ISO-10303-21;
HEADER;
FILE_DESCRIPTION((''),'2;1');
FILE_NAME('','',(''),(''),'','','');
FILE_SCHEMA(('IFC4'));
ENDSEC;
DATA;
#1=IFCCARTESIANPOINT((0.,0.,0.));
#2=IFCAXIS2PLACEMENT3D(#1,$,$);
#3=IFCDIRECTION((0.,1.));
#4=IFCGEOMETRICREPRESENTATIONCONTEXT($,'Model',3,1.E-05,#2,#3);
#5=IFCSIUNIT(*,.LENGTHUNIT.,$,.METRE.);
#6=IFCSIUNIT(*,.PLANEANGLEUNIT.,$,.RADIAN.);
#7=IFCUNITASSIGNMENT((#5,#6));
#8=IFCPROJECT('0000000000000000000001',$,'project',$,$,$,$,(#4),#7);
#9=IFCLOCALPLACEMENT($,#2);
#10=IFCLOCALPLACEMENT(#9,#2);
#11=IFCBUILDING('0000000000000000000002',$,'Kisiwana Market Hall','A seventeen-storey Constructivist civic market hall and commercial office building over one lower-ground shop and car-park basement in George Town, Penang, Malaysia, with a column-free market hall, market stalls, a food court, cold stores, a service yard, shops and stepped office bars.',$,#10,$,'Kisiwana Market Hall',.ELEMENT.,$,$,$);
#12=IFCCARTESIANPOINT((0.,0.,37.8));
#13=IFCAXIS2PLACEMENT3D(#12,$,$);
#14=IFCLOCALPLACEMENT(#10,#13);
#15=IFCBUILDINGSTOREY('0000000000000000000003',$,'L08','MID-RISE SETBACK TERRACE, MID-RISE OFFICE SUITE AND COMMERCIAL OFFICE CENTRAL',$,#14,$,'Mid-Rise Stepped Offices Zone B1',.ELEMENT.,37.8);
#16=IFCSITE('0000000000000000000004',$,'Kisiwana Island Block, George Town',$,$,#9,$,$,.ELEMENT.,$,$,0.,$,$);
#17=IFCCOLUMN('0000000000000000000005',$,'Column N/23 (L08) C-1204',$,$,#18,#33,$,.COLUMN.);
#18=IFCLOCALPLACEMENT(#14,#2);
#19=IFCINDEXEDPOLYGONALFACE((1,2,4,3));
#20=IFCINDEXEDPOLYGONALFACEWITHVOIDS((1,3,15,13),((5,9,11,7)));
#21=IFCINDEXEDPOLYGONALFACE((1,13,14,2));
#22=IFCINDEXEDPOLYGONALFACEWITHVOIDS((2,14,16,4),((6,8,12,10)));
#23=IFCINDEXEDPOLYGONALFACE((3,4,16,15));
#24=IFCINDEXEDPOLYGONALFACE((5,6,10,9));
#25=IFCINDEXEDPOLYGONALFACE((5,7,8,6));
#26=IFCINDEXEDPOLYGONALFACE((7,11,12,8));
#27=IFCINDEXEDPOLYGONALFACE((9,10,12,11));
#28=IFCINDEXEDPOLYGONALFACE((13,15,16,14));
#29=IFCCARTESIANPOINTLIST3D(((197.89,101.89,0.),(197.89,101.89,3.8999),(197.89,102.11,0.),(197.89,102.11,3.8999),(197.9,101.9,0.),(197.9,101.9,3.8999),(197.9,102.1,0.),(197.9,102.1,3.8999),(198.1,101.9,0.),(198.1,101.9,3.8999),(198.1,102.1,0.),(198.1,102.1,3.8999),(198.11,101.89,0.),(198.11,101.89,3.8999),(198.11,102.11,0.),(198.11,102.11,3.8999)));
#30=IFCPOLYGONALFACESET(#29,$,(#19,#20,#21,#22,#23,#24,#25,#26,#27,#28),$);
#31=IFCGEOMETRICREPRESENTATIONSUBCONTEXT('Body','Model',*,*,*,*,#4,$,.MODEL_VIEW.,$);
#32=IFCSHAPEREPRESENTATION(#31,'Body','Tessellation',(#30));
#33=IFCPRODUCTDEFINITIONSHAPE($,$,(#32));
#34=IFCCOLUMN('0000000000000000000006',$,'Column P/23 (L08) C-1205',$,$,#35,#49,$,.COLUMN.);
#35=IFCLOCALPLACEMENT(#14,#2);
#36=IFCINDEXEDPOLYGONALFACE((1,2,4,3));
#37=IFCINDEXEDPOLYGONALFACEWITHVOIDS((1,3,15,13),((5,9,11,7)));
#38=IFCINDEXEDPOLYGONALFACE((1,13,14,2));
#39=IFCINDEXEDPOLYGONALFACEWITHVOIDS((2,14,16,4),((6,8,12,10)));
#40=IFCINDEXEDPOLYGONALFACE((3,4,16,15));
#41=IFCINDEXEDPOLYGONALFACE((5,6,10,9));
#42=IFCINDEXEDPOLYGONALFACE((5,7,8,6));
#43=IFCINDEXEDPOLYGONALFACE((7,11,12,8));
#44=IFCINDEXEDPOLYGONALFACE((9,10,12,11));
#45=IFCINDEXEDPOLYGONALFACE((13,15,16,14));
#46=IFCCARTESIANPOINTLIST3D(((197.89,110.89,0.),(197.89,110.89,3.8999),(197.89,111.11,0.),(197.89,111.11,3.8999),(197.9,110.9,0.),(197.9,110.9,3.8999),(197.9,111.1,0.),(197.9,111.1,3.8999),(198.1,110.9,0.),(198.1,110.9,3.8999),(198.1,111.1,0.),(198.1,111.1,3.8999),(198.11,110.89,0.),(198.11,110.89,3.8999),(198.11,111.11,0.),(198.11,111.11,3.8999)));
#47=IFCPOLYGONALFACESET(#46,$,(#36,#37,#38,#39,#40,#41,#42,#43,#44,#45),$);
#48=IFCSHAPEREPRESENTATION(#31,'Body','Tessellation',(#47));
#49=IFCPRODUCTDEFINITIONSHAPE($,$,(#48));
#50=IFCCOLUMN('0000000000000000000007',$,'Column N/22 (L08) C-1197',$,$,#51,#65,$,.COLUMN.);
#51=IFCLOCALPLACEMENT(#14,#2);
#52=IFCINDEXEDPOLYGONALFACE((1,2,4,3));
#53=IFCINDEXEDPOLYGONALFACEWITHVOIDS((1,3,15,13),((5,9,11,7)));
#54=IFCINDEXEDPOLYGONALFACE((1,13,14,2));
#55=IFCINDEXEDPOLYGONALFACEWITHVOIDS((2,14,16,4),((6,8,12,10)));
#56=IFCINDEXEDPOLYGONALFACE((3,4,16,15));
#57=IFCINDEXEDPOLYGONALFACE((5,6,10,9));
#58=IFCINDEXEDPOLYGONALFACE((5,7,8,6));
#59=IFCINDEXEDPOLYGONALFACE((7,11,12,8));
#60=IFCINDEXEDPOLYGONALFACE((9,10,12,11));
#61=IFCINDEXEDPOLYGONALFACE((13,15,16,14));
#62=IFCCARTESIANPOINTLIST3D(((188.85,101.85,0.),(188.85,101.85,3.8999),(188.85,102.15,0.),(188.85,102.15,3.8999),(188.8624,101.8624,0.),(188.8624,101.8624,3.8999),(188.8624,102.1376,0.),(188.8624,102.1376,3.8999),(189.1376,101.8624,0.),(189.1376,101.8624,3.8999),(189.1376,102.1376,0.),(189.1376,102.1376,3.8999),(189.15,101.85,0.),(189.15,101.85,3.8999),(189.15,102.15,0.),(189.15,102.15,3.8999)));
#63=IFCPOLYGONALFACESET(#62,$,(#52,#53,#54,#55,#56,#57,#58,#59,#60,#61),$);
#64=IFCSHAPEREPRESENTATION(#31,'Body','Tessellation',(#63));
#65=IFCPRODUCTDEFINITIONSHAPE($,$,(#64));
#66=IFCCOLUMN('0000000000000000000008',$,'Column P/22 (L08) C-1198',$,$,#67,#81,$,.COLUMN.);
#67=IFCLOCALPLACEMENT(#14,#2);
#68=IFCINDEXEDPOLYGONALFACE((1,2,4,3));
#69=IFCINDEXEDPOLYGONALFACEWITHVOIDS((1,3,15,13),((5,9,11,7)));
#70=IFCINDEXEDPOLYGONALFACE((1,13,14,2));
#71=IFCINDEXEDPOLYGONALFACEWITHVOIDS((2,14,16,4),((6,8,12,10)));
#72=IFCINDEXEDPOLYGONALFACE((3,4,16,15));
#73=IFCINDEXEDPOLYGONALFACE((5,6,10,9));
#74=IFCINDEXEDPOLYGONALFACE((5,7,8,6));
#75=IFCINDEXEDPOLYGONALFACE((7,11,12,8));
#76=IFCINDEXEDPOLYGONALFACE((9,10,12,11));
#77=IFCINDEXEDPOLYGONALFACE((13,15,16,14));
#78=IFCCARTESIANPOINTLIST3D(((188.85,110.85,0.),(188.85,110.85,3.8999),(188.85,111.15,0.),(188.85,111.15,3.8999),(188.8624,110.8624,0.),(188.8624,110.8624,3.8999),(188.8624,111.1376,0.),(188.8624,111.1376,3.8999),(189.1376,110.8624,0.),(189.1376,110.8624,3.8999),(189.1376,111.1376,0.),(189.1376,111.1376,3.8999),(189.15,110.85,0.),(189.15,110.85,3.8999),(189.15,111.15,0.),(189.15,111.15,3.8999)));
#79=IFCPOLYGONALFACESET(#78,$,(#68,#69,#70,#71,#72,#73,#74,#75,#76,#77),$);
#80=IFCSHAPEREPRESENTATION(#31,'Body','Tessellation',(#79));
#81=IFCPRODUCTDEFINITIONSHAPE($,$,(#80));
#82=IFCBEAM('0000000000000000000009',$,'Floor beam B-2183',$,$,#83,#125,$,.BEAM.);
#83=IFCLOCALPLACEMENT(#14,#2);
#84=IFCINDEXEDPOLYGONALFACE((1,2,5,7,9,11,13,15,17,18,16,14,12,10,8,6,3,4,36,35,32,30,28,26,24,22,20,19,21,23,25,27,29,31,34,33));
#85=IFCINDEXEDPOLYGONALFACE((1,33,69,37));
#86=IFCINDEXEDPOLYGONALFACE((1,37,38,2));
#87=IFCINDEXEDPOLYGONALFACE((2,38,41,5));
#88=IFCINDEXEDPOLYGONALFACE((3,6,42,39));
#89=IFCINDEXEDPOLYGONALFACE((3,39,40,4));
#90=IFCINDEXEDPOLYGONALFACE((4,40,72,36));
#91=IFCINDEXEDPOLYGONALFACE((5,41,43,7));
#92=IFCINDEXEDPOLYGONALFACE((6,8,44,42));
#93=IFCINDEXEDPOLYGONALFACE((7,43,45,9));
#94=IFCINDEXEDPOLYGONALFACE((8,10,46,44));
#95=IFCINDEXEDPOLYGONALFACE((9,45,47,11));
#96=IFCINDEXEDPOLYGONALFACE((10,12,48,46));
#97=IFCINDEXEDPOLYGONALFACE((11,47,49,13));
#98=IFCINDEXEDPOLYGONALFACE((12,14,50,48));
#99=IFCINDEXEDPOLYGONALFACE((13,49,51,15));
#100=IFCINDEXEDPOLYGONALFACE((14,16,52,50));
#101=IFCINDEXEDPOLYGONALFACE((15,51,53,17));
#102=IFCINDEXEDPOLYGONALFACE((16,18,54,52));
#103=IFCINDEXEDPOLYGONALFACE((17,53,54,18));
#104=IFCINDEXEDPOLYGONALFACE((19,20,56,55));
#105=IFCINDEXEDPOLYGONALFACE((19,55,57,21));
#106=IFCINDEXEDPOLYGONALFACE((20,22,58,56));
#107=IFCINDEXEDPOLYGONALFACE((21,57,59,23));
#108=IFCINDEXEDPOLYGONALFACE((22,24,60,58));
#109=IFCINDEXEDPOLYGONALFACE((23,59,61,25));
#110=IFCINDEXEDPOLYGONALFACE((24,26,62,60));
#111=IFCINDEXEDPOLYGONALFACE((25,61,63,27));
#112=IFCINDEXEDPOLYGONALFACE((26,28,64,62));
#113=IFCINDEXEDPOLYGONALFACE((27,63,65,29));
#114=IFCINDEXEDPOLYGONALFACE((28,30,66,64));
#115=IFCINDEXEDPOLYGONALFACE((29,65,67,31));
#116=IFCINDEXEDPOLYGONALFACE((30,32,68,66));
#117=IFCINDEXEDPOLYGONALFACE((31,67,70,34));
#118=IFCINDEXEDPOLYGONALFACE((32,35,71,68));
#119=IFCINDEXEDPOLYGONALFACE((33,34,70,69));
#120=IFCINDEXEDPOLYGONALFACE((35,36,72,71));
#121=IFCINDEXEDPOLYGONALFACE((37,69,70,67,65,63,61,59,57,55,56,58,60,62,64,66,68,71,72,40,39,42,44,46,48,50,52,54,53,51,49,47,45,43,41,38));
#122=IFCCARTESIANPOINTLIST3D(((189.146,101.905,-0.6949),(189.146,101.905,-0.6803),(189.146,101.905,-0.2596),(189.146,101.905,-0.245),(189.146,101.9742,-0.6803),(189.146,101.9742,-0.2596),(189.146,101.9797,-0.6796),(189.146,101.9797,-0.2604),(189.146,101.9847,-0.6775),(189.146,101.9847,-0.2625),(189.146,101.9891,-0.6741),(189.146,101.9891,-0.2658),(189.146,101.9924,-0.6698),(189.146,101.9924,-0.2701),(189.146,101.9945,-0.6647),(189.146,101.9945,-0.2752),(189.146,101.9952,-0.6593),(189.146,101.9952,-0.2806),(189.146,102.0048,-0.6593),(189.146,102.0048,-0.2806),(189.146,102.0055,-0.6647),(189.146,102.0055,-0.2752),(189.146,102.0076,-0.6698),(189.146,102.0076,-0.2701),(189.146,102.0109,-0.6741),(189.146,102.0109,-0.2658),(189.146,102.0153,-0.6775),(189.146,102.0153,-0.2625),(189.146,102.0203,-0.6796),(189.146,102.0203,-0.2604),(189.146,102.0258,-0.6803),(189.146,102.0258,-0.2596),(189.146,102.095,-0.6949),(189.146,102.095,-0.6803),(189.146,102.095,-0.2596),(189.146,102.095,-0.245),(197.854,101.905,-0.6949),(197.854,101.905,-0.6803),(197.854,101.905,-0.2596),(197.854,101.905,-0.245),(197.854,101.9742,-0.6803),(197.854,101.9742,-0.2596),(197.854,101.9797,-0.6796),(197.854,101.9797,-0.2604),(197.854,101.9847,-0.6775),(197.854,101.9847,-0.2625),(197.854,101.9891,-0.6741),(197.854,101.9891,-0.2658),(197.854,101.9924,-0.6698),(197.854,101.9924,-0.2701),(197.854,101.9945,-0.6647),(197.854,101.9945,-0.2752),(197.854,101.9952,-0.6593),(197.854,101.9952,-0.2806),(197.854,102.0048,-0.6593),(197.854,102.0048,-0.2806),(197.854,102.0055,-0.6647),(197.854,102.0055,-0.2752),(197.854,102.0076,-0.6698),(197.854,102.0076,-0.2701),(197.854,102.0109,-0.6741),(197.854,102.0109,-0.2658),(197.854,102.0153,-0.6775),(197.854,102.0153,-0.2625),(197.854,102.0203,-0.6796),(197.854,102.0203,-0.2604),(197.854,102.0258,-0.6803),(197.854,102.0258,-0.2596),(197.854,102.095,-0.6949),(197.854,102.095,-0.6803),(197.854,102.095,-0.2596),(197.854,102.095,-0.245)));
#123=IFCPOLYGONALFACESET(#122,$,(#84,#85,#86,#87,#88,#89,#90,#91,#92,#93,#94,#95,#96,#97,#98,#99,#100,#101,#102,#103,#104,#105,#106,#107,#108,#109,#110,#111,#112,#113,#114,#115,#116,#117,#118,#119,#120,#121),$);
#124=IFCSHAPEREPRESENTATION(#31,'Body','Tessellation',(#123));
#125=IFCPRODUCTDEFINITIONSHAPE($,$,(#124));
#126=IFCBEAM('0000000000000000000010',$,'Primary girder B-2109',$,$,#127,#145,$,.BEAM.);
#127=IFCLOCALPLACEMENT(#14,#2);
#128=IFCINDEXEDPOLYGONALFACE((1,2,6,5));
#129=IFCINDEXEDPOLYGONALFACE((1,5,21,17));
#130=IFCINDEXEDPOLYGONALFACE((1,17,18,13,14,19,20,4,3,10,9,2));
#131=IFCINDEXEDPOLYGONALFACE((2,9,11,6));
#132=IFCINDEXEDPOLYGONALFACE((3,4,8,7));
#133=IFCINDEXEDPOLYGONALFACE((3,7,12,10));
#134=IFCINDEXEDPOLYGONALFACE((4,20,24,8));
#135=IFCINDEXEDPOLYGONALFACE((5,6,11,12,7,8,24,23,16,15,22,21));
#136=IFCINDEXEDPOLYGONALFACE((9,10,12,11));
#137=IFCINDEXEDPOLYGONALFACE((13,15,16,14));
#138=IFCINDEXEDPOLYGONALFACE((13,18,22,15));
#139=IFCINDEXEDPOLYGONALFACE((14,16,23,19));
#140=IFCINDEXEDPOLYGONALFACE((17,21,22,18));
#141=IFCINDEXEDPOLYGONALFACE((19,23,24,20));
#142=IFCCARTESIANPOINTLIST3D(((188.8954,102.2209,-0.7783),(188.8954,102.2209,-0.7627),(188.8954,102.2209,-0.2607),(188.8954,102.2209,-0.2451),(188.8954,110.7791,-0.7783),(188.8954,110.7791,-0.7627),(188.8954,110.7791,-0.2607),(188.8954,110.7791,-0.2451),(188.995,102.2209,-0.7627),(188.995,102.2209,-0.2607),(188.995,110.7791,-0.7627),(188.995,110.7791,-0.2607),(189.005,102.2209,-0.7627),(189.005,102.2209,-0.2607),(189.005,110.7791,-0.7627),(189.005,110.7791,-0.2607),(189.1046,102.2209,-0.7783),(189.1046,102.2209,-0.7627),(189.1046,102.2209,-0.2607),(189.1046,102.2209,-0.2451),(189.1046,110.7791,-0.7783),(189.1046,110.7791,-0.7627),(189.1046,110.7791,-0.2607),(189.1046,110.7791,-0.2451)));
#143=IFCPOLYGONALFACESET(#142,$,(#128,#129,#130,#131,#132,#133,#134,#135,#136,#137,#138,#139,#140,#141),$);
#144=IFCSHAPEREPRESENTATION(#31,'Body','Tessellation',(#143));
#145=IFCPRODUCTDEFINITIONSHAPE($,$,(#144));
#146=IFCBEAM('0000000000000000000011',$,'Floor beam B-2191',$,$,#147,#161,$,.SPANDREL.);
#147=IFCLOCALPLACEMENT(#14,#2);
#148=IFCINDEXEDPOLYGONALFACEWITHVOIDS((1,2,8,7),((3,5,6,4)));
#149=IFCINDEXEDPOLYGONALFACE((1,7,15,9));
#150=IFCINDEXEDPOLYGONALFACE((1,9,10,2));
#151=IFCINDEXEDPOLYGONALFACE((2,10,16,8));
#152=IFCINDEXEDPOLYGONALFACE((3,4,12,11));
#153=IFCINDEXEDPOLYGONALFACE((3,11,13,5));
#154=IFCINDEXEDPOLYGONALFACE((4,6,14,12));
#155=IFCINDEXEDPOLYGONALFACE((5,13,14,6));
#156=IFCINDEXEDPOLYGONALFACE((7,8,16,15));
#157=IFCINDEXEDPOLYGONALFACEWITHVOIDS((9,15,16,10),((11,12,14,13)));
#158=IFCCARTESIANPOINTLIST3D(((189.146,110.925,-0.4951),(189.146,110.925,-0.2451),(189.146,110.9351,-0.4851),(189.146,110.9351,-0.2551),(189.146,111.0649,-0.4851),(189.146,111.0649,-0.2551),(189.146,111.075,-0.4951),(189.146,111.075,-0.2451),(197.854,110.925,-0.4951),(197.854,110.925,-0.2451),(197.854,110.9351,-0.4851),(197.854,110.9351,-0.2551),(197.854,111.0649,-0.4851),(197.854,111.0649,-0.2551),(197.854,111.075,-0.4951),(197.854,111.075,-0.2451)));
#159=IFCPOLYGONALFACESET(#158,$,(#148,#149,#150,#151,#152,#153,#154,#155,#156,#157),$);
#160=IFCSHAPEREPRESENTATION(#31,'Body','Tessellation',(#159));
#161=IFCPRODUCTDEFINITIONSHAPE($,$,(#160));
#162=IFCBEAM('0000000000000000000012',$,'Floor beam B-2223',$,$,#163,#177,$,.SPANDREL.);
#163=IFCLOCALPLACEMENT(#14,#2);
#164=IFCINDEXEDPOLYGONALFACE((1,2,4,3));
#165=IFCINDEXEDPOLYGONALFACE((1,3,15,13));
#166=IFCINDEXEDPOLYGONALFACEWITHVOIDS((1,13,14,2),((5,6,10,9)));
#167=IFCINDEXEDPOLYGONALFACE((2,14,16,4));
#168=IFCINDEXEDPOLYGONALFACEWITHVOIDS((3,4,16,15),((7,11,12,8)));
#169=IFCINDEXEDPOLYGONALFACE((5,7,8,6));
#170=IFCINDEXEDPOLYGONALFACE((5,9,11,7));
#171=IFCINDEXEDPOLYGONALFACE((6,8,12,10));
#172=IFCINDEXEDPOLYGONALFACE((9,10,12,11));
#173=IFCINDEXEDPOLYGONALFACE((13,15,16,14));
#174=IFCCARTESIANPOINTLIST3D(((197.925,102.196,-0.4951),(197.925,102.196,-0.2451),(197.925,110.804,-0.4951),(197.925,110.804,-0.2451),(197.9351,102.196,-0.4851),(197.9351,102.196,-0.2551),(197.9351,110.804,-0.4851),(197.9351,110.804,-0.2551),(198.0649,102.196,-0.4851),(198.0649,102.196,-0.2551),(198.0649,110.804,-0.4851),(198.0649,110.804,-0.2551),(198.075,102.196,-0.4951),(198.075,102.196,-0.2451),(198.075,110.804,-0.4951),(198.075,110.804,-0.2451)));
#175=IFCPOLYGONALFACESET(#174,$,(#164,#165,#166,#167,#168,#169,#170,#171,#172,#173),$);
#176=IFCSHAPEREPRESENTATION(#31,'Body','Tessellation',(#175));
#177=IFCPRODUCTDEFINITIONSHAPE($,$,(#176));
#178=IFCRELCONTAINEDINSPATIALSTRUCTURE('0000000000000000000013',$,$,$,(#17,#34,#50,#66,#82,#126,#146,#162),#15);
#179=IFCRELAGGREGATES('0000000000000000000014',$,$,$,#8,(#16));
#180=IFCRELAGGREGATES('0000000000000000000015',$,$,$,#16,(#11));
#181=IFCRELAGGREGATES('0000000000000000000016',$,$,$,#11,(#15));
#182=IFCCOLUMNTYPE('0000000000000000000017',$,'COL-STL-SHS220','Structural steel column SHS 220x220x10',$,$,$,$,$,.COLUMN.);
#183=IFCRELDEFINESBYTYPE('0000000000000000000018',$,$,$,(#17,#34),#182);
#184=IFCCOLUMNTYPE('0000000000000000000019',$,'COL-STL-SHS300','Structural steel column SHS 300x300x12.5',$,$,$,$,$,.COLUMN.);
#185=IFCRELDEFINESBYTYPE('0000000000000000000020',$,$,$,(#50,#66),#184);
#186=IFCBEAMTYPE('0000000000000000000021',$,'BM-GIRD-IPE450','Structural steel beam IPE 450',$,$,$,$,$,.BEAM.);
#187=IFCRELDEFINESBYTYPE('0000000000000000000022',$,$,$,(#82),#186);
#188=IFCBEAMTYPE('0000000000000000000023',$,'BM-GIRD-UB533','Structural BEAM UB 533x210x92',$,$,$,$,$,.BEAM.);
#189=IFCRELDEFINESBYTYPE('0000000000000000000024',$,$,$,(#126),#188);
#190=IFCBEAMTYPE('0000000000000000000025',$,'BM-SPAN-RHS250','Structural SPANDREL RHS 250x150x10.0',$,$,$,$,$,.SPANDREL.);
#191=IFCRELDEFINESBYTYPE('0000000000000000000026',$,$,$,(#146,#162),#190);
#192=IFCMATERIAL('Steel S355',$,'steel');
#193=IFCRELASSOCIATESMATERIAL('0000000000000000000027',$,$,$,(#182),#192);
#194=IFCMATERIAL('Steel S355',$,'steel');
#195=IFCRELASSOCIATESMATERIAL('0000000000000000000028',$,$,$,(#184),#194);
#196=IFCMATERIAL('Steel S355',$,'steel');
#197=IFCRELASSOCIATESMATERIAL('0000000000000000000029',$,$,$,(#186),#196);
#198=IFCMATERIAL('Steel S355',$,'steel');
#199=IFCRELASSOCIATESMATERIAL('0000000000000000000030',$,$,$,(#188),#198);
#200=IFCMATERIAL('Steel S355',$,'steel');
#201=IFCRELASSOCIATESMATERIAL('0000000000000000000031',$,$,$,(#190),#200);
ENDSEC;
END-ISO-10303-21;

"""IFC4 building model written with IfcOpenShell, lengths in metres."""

from ifc_helpers import new_model, si_unit, direction, frame, origin, origin_2d, place, context, subcontext, project, spatial, hollow_rectangle, i_section, extrude, material, material_profile, profile_set, type_object, element, save


model = new_model("IFC4")

# Units and contexts
model_context = context("Model", 3, precision=1e-05, world=origin(), true_north=direction((0.0, 1.0)))
body_context = subcontext(model_context, "Body", "Model", "MODEL_VIEW")
ifc_project = project(units=[si_unit("LENGTHUNIT", "METRE"), si_unit("PLANEANGLEUNIT", "RADIAN")], contexts=[model_context])

# Site, building, storey
site_placement = place(None, origin())
site = spatial("IfcSite", under=ifc_project, at=site_placement, Name="Kisiwana Island Block, George Town", CompositionType="ELEMENT", RefElevation=0.0)
building_placement = place(site_placement, origin())
building = spatial("IfcBuilding", under=site, at=building_placement, Name="Kisiwana Market Hall", Description="A seventeen-storey Constructivist civic market hall and commercial office building over one lower-ground shop and car-park basement in George Town, Penang, Malaysia, with a column-free market hall, market stalls, a food court, cold stores, a service yard, shops and stepped office bars.", LongName="Kisiwana Market Hall", CompositionType="ELEMENT")
storey_placement = place(building_placement, frame((0.0, 0.0, 37.8)))
storey = spatial("IfcBuildingStorey", under=building, at=storey_placement, Name="L08", Description="MID-RISE SETBACK TERRACE, MID-RISE OFFICE SUITE AND COMMERCIAL OFFICE CENTRAL", LongName="Mid-Rise Stepped Offices Zone B1", CompositionType="ELEMENT", Elevation=37.8)

# Columns
ifc_material_1 = material(Name="Steel S355", Category="steel")
ifc_material_profile_1 = material_profile(ifc_material_1, hollow_rectangle(XDim=0.22, YDim=0.22, WallThickness=0.01, at=origin_2d()), Name="SHS 220x220x10")
ifc_profile_set_1 = profile_set([ifc_material_profile_1], Name="Steel S355")
column_type_1 = type_object("IfcColumnType", Name="COL-STL-SHS220", Description="Structural steel column SHS 220x220x10", PredefinedType="COLUMN", material=ifc_profile_set_1)
for number, where, z_axis, x_axis, name in (
    (1, (198.0, 102.0, 0.0), (0.0, 0.0, 1.0), (1.0, 0.0, 0.0), "Column N/23 (L08) C-1204"),
    (2, (198.0, 111.0, 0.0), (0.0, 0.0, 1.0), (1.0, 0.0, 0.0), "Column P/23 (L08) C-1205"),
):
    element("IfcColumn", number, at=place(storey_placement, frame(where, z_axis=z_axis, x_axis=x_axis)), inside=storey, type_object=column_type_1, Name=name, PredefinedType="COLUMN", context=body_context, shape_type="SweptSolid", body=[
        extrude(hollow_rectangle(XDim=0.22, YDim=0.22, WallThickness=0.01, at=origin_2d()), origin(), (0.0, 0.0, 1.0), 3.8999),
    ])
ifc_material_2 = material(Name="Steel S355", Category="steel")
ifc_material_profile_2 = material_profile(ifc_material_2, hollow_rectangle(XDim=0.3, YDim=0.3, WallThickness=0.0125, at=origin_2d()), Name="SHS 300x300x12.5")
ifc_profile_set_2 = profile_set([ifc_material_profile_2], Name="Steel S355")
column_type_2 = type_object("IfcColumnType", Name="COL-STL-SHS300", Description="Structural steel column SHS 300x300x12.5", PredefinedType="COLUMN", material=ifc_profile_set_2)
for number, where, z_axis, x_axis, name in (
    (3, (189.0, 102.0, 0.0), (0.0, 0.0, 1.0), (1.0, 0.0, 0.0), "Column N/22 (L08) C-1197"),
    (4, (189.0, 111.0, 0.0), (0.0, 0.0, 1.0), (1.0, 0.0, 0.0), "Column P/22 (L08) C-1198"),
):
    element("IfcColumn", number, at=place(storey_placement, frame(where, z_axis=z_axis, x_axis=x_axis)), inside=storey, type_object=column_type_2, Name=name, PredefinedType="COLUMN", context=body_context, shape_type="SweptSolid", body=[
        extrude(hollow_rectangle(XDim=0.3, YDim=0.3, WallThickness=0.0125, at=origin_2d()), origin(), (0.0, 0.0, 1.0), 3.8999),
    ])

# Beams
ifc_material_3 = material(Name="Steel S355", Category="steel")
ifc_material_profile_3 = material_profile(ifc_material_3, i_section(OverallWidth=0.1899, OverallDepth=0.45, WebThickness=0.0095, FlangeThickness=0.0146, FilletRadius=0.021, at=origin_2d()), Name="IPE 450")
ifc_profile_set_3 = profile_set([ifc_material_profile_3], Name="Steel S355")
beam_type_1 = type_object("IfcBeamType", Name="BM-GIRD-IPE450", Description="Structural steel beam IPE 450", PredefinedType="BEAM", material=ifc_profile_set_3)
beam_1_placement = place(storey_placement, frame((189.146, 102.0, -0.47), z_axis=(1.0, 0.0, 0.0), x_axis=(0.0, 1.0, 0.0)))
element("IfcBeam", 5, at=beam_1_placement, inside=storey, type_object=beam_type_1, Name="Floor beam B-2183", PredefinedType="BEAM", context=body_context, shape_type="SweptSolid", body=[
    extrude(i_section(OverallWidth=0.1899, OverallDepth=0.45, WebThickness=0.0095, FlangeThickness=0.0146, FilletRadius=0.021, at=origin_2d()), origin(), (0.0, 0.0, 1.0), 8.708),
])
ifc_material_4 = material(Name="Steel S355", Category="steel")
ifc_material_profile_4 = material_profile(ifc_material_4, i_section(OverallWidth=0.2092, OverallDepth=0.5332, WebThickness=0.01, FlangeThickness=0.0156, at=origin_2d()), Name="UB 533x210x92")
ifc_profile_set_4 = profile_set([ifc_material_profile_4], Name="Steel S355")
beam_type_2 = type_object("IfcBeamType", Name="BM-GIRD-UB533", Description="Structural BEAM UB 533x210x92", PredefinedType="BEAM", material=ifc_profile_set_4)
beam_2_placement = place(storey_placement, frame((189.0, 102.2209, -0.5117), z_axis=(0.0, 1.0, 0.0), x_axis=(-1.0, 0.0, 0.0)))
element("IfcBeam", 6, at=beam_2_placement, inside=storey, type_object=beam_type_2, Name="Primary girder B-2109", PredefinedType="BEAM", context=body_context, shape_type="SweptSolid", body=[
    extrude(i_section(OverallWidth=0.2092, OverallDepth=0.5332, WebThickness=0.01, FlangeThickness=0.0156, at=origin_2d()), origin(), (0.0, 0.0, 1.0), 8.5581),
])
ifc_material_5 = material(Name="Steel S355", Category="steel")
ifc_material_profile_5 = material_profile(ifc_material_5, hollow_rectangle(XDim=0.1499, YDim=0.25, WallThickness=0.01, at=origin_2d()), Name="RHS 250x150x10.0")
ifc_profile_set_5 = profile_set([ifc_material_profile_5], Name="Steel S355")
beam_type_3 = type_object("IfcBeamType", Name="BM-SPAN-RHS250", Description="Structural SPANDREL RHS 250x150x10.0", PredefinedType="SPANDREL", material=ifc_profile_set_5)
beam_3_placement = place(storey_placement, frame((189.146, 111.0, -0.3701), z_axis=(1.0, 0.0, 0.0), x_axis=(0.0, 1.0, 0.0)))
element("IfcBeam", 7, at=beam_3_placement, inside=storey, type_object=beam_type_3, Name="Floor beam B-2191", PredefinedType="SPANDREL", context=body_context, shape_type="SweptSolid", body=[
    extrude(hollow_rectangle(XDim=0.1499, YDim=0.25, WallThickness=0.01, at=origin_2d()), origin(), (0.0, 0.0, 1.0), 8.708),
])
beam_4_placement = place(storey_placement, frame((198.0, 102.196, -0.3701), z_axis=(0.0, 1.0, 0.0), x_axis=(-1.0, 0.0, 0.0)))
element("IfcBeam", 8, at=beam_4_placement, inside=storey, type_object=beam_type_3, Name="Floor beam B-2223", PredefinedType="SPANDREL", context=body_context, shape_type="SweptSolid", body=[
    extrude(hollow_rectangle(XDim=0.1499, YDim=0.25, WallThickness=0.01, at=origin_2d()), origin(), (0.0, 0.0, 1.0), 8.6079),
])

save(model, "model.ifc")
